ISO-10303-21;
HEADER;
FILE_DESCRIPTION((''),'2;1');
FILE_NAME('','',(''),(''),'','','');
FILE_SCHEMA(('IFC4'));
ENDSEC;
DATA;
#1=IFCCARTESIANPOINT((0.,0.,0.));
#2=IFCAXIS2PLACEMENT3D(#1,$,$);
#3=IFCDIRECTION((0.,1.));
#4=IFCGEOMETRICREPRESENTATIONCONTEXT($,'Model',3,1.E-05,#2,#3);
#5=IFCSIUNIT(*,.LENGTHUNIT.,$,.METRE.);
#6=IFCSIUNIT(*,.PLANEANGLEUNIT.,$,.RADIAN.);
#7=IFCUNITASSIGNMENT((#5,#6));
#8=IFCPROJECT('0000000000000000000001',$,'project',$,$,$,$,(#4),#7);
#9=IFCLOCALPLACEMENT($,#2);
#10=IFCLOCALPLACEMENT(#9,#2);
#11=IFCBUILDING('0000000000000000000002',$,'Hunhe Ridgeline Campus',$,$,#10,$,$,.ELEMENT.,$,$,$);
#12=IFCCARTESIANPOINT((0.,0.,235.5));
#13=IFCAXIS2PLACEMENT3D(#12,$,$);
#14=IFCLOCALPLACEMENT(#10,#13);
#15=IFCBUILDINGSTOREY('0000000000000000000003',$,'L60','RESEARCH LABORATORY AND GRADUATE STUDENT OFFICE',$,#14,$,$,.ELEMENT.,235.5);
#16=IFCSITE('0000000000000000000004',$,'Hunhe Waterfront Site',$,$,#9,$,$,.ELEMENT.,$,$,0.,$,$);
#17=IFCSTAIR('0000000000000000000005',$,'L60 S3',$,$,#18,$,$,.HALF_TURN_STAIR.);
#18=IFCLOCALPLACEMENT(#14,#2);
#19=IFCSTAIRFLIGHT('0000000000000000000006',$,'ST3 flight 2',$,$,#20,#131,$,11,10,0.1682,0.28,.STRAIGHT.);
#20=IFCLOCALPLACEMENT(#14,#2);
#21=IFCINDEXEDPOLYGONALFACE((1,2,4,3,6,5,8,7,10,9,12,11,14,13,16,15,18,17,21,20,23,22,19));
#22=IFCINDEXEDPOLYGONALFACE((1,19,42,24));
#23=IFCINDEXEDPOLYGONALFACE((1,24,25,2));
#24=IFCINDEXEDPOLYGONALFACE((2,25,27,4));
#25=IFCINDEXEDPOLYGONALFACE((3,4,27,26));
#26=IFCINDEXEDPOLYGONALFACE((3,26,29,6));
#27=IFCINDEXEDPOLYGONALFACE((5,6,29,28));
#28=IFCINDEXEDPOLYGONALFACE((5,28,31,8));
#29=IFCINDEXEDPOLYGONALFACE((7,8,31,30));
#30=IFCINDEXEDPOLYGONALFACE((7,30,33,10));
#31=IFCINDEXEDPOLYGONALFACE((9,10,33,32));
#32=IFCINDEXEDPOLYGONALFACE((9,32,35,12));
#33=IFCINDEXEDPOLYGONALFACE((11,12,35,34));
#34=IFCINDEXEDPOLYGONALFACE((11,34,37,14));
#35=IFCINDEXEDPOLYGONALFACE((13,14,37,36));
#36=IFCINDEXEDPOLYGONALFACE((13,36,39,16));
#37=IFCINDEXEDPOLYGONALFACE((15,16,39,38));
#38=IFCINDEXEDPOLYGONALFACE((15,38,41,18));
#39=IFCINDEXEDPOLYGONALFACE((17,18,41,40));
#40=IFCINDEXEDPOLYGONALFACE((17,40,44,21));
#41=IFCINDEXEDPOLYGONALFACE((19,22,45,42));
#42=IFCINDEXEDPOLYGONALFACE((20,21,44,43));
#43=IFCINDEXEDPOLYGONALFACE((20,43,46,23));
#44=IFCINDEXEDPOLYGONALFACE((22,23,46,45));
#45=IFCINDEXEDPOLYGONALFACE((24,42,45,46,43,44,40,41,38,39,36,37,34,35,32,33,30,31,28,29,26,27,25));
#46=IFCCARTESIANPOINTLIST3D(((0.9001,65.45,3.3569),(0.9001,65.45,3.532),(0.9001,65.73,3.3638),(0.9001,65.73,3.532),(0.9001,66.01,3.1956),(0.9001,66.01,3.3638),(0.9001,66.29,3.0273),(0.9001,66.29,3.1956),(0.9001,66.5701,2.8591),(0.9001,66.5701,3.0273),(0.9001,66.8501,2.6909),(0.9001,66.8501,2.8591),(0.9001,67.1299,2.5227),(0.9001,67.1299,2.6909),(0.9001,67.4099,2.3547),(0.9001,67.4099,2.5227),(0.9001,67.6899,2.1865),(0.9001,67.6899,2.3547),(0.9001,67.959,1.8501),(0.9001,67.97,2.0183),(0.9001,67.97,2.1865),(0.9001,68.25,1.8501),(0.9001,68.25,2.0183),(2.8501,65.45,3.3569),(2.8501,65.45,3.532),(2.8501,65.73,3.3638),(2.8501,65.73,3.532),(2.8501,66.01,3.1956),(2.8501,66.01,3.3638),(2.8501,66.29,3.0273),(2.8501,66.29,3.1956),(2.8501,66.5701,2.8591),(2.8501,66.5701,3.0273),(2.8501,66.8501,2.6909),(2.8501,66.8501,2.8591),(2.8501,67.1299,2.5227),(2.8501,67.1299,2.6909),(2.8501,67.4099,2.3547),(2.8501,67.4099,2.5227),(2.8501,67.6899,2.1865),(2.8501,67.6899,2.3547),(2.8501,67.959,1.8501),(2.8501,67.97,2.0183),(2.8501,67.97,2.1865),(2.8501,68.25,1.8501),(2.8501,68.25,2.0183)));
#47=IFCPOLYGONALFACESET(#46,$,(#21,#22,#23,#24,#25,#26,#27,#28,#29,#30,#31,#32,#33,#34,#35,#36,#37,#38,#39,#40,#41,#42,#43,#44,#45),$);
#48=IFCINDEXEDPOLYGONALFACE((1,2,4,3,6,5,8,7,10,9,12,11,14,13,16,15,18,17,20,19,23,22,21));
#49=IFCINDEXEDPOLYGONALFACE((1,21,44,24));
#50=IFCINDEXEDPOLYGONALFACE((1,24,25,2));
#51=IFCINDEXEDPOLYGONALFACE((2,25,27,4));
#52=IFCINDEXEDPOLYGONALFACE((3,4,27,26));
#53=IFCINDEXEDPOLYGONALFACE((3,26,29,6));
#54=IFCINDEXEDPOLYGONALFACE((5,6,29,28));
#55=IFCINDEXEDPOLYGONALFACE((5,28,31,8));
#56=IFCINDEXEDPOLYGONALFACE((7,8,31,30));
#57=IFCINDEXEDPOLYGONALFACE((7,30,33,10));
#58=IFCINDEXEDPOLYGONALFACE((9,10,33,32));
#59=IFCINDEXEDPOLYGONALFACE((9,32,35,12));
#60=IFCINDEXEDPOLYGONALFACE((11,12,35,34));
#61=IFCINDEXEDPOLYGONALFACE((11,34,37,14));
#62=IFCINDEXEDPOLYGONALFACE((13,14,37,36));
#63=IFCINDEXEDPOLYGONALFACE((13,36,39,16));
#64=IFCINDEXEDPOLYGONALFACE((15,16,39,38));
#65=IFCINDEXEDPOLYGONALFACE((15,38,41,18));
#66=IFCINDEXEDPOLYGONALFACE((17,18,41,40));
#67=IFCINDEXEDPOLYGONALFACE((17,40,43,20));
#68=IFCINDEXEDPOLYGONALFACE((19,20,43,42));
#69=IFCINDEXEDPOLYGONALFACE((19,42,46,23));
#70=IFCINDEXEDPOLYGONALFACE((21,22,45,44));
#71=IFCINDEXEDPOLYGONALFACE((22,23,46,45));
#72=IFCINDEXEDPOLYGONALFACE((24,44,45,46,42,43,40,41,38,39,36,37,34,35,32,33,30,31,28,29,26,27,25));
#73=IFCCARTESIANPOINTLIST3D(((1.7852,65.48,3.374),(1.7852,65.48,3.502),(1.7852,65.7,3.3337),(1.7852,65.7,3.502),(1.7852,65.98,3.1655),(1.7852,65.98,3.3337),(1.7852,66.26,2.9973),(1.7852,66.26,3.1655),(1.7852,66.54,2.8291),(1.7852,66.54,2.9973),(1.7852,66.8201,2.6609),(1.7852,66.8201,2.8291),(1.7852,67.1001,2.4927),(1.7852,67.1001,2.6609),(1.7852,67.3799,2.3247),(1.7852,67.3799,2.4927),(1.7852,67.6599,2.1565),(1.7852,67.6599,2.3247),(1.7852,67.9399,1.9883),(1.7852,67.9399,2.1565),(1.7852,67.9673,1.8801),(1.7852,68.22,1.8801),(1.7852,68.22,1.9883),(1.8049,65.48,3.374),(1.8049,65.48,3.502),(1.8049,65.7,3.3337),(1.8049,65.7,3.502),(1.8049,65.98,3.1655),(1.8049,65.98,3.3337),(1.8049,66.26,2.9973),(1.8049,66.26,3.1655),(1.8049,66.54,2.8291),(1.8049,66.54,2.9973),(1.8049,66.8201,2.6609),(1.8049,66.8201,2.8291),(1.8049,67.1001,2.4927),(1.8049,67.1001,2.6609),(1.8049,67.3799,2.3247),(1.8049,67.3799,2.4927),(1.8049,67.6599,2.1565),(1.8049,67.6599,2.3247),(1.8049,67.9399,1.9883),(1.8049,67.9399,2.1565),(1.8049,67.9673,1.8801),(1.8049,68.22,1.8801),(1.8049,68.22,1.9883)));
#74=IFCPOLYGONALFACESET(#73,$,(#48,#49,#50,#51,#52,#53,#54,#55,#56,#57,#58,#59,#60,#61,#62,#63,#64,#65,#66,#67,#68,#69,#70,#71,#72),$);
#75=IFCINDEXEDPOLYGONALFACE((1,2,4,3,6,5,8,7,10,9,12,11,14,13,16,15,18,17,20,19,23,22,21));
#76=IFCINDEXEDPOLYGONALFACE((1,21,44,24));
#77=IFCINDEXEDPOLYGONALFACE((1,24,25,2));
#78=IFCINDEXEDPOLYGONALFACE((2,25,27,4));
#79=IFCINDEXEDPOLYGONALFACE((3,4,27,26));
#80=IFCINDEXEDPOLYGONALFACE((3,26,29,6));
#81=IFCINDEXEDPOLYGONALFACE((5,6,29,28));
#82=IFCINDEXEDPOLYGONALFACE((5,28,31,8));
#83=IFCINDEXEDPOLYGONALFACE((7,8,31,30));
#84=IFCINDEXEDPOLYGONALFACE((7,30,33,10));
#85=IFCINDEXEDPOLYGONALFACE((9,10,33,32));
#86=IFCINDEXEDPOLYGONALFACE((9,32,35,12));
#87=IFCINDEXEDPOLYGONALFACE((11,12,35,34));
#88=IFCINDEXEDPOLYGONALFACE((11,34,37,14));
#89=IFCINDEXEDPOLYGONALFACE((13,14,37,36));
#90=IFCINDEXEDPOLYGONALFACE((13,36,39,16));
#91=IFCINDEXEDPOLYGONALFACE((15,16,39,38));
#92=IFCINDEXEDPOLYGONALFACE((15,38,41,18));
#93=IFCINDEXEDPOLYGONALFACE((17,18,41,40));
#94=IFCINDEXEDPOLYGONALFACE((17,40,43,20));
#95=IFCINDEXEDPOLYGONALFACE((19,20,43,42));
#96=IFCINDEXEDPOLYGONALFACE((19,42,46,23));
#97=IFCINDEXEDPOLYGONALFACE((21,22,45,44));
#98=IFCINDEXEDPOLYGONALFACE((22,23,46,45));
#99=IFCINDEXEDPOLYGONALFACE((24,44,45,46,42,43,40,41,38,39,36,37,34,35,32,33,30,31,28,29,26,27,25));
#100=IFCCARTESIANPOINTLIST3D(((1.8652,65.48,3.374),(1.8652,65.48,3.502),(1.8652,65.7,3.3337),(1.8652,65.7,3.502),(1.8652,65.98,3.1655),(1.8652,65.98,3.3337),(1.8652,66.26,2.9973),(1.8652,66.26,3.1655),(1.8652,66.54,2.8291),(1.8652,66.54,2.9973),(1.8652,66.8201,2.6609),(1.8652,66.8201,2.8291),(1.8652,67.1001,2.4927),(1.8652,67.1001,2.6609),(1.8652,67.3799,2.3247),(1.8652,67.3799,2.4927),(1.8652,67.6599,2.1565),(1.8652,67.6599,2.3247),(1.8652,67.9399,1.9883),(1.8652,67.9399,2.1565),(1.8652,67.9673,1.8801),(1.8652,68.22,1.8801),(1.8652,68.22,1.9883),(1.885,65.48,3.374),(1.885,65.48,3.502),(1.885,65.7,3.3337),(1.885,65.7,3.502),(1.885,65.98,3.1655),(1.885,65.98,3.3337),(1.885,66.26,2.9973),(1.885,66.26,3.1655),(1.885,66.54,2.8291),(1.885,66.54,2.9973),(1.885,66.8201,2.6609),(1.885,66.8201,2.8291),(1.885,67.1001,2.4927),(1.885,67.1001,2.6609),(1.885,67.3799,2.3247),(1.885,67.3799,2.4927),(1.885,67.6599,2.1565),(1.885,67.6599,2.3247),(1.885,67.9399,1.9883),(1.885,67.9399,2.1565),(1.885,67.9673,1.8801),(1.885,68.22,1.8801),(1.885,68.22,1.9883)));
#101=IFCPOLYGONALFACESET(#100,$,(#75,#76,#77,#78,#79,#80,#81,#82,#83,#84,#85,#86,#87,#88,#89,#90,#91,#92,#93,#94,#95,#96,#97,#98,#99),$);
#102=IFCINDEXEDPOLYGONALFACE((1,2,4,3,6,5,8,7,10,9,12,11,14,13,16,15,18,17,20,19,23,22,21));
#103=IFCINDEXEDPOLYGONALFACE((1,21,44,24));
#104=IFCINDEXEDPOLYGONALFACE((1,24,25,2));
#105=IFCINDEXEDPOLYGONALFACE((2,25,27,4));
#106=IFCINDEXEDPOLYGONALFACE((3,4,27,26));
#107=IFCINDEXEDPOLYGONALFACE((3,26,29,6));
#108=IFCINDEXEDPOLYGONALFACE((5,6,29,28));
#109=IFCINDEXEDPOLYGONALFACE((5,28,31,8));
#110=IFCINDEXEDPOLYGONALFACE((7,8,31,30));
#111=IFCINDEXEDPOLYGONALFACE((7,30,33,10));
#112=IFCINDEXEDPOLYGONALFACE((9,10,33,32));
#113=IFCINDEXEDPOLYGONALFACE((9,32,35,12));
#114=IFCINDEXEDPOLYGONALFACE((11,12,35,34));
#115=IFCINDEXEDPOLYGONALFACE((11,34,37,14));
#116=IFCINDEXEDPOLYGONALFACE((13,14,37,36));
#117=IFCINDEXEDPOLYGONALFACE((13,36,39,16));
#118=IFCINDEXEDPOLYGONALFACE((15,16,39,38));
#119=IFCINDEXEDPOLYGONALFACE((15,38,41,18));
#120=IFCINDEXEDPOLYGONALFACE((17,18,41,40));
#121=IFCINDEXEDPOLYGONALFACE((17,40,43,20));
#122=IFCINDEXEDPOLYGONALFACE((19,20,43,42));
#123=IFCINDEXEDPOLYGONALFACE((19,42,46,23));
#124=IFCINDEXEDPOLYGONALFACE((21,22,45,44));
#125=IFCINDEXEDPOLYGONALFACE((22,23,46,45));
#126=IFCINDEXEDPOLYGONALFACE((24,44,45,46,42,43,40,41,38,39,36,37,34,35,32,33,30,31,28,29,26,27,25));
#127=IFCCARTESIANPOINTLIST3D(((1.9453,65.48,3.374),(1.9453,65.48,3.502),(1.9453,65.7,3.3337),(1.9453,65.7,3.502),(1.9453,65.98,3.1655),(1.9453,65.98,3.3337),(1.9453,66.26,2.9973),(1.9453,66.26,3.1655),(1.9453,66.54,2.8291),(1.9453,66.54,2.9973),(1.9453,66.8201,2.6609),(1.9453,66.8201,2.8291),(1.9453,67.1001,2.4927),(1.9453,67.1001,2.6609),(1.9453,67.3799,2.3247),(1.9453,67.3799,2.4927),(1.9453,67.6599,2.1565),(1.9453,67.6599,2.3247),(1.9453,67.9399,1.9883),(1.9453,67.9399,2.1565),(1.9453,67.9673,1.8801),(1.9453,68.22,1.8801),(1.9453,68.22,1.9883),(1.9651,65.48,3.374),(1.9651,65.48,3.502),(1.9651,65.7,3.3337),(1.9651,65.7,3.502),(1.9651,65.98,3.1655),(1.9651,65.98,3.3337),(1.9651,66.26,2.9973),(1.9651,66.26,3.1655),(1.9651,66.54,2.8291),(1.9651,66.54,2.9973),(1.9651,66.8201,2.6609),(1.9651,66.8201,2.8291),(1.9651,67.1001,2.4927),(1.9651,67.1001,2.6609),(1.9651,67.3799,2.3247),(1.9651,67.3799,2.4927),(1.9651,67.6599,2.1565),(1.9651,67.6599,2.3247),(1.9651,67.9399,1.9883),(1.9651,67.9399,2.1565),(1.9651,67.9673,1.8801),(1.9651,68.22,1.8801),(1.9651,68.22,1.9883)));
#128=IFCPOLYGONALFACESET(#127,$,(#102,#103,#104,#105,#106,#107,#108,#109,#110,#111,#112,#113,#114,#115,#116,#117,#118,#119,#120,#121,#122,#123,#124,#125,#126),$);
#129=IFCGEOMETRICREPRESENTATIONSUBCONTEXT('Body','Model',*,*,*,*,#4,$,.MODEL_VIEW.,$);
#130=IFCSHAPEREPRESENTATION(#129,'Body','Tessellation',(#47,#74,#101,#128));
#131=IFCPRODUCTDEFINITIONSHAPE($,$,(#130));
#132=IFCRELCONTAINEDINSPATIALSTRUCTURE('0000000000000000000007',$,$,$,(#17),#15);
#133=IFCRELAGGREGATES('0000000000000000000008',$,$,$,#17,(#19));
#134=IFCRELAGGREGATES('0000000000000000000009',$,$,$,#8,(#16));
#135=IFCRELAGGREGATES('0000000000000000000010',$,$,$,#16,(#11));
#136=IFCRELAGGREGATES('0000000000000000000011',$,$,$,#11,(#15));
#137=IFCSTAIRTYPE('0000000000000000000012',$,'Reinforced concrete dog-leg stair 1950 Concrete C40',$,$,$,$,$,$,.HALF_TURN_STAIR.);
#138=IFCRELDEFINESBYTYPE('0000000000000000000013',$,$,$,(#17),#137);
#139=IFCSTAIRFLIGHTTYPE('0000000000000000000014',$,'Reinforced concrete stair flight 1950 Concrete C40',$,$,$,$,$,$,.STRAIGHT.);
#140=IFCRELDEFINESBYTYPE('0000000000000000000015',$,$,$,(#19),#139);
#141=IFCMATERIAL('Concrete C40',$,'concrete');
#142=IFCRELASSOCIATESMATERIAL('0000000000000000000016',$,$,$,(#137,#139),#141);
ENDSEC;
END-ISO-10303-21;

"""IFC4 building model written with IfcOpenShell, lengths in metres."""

from ifc_helpers import new_model, si_unit, direction, frame, origin, place, context, subcontext, project, spatial, polyline, outline, extrude, material, type_object, element, aggregate, save


model = new_model("IFC4")

# Units and contexts
model_context = context("Model", 3, precision=1e-05, world=origin(), true_north=direction((0.0, 1.0)))
body_context = subcontext(model_context, "Body", "Model", "MODEL_VIEW")
ifc_project = project(units=[si_unit("LENGTHUNIT", "METRE"), si_unit("PLANEANGLEUNIT", "RADIAN")], contexts=[model_context])

# Site, building, storey
site_placement = place(None, origin())
site = spatial("IfcSite", under=ifc_project, at=site_placement, Name="Hunhe Waterfront Site", CompositionType="ELEMENT", RefElevation=0.0)
building_placement = place(site_placement, origin())
building = spatial("IfcBuilding", under=site, at=building_placement, Name="Hunhe Ridgeline Campus", CompositionType="ELEMENT")
storey_placement = place(building_placement, frame((0.0, 0.0, 235.5)))
storey = spatial("IfcBuildingStorey", under=building, at=storey_placement, Name="L60", Description="RESEARCH LABORATORY AND GRADUATE STUDENT OFFICE", CompositionType="ELEMENT", Elevation=235.5)

# Stair, stair flight
ifc_material_1 = material(Name="Concrete C40", Category="concrete")
stair_type = type_object("IfcStairType", Name="Reinforced concrete dog-leg stair 1950 Concrete C40", PredefinedType="HALF_TURN_STAIR", material=ifc_material_1)
stair_1_placement = place(storey_placement, origin())
stair_1 = element("IfcStair", 1, at=stair_1_placement, inside=storey, type_object=stair_type, Name="L60 S3", PredefinedType="HALF_TURN_STAIR")
stair_flight_type = type_object("IfcStairFlightType", Name="Reinforced concrete stair flight 1950 Concrete C40", PredefinedType="STRAIGHT", material=ifc_material_1)
stair_flight_1_placement = place(storey_placement, frame((1.875, 68.25, 1.8501), z_axis=(0.0, 0.0, 1.0), x_axis=(0.0, -1.0, 0.0)))
stair_flight_1 = element("IfcStairFlight", 2, at=stair_flight_1_placement, type_object=stair_flight_type, Name="ST3 flight 2", NumberOfRisers=11, NumberOfTreads=10, PredefinedType="STRAIGHT", RiserHeight=0.1682, TreadLength=0.28, context=body_context, shape_type="SweptSolid", body=[
    extrude(outline(polyline([(0.0, 0.0), (0.0, 0.1682), (0.28, 0.1682), (0.28, 0.3364), (0.5601, 0.3364), (0.5601, 0.5046), (0.8401, 0.5046), (0.8401, 0.6726), (1.1201, 0.6726), (1.1201, 0.8408), (1.3999, 0.8408), (1.3999, 1.009), (1.6799, 1.009), (1.6799, 1.1772), (1.96, 1.1772), (1.96, 1.3455), (2.24, 1.3455), (2.24, 1.5137), (2.52, 1.5137), (2.52, 1.6819), (2.8, 1.6819), (2.8, 1.8501), (2.8, 1.5068), (0.291, 0.0), (0.0, 0.0)])), frame((0.0, 0.9751, 0.0), z_axis=(0.0, -1.0, 0.0), x_axis=(1.0, 0.0, 0.0)), (0.0, 0.0, 1.0), 1.95),
    extrude(outline(polyline([(0.03, 0.03), (0.03, 0.1382), (0.3101, 0.1382), (0.3101, 0.3064), (0.5901, 0.3064), (0.5901, 0.4746), (0.8701, 0.4746), (0.8701, 0.6426), (1.1499, 0.6426), (1.1499, 0.8108), (1.4299, 0.8108), (1.4299, 0.979), (1.71, 0.979), (1.71, 1.1472), (1.99, 1.1472), (1.99, 1.3154), (2.27, 1.3154), (2.27, 1.4836), (2.55, 1.4836), (2.55, 1.6519), (2.77, 1.6519), (2.77, 1.5239), (0.2827, 0.03), (0.03, 0.03)])), frame((0.0, -0.0701, 0.0), z_axis=(0.0, -1.0, 0.0), x_axis=(1.0, 0.0, 0.0)), (0.0, 0.0, 1.0), 0.0198),
    extrude(outline(polyline([(0.03, 0.03), (0.03, 0.1382), (0.3101, 0.1382), (0.3101, 0.3064), (0.5901, 0.3064), (0.5901, 0.4746), (0.8701, 0.4746), (0.8701, 0.6426), (1.1499, 0.6426), (1.1499, 0.8108), (1.4299, 0.8108), (1.4299, 0.979), (1.71, 0.979), (1.71, 1.1472), (1.99, 1.1472), (1.99, 1.3154), (2.27, 1.3154), (2.27, 1.4836), (2.55, 1.4836), (2.55, 1.6519), (2.77, 1.6519), (2.77, 1.5239), (0.2827, 0.03), (0.03, 0.03)])), frame((0.0, 0.01, 0.0), z_axis=(0.0, -1.0, 0.0), x_axis=(1.0, 0.0, 0.0)), (0.0, 0.0, 1.0), 0.0198),
    extrude(outline(polyline([(0.03, 0.03), (0.03, 0.1382), (0.3101, 0.1382), (0.3101, 0.3064), (0.5901, 0.3064), (0.5901, 0.4746), (0.8701, 0.4746), (0.8701, 0.6426), (1.1499, 0.6426), (1.1499, 0.8108), (1.4299, 0.8108), (1.4299, 0.979), (1.71, 0.979), (1.71, 1.1472), (1.99, 1.1472), (1.99, 1.3154), (2.27, 1.3154), (2.27, 1.4836), (2.55, 1.4836), (2.55, 1.6519), (2.77, 1.6519), (2.77, 1.5239), (0.2827, 0.03), (0.03, 0.03)])), frame((0.0, 0.0901, 0.0), z_axis=(0.0, -1.0, 0.0), x_axis=(1.0, 0.0, 0.0)), (0.0, 0.0, 1.0), 0.0198),
])
aggregate(stair_1, [stair_flight_1])

save(model, "model.ifc")
